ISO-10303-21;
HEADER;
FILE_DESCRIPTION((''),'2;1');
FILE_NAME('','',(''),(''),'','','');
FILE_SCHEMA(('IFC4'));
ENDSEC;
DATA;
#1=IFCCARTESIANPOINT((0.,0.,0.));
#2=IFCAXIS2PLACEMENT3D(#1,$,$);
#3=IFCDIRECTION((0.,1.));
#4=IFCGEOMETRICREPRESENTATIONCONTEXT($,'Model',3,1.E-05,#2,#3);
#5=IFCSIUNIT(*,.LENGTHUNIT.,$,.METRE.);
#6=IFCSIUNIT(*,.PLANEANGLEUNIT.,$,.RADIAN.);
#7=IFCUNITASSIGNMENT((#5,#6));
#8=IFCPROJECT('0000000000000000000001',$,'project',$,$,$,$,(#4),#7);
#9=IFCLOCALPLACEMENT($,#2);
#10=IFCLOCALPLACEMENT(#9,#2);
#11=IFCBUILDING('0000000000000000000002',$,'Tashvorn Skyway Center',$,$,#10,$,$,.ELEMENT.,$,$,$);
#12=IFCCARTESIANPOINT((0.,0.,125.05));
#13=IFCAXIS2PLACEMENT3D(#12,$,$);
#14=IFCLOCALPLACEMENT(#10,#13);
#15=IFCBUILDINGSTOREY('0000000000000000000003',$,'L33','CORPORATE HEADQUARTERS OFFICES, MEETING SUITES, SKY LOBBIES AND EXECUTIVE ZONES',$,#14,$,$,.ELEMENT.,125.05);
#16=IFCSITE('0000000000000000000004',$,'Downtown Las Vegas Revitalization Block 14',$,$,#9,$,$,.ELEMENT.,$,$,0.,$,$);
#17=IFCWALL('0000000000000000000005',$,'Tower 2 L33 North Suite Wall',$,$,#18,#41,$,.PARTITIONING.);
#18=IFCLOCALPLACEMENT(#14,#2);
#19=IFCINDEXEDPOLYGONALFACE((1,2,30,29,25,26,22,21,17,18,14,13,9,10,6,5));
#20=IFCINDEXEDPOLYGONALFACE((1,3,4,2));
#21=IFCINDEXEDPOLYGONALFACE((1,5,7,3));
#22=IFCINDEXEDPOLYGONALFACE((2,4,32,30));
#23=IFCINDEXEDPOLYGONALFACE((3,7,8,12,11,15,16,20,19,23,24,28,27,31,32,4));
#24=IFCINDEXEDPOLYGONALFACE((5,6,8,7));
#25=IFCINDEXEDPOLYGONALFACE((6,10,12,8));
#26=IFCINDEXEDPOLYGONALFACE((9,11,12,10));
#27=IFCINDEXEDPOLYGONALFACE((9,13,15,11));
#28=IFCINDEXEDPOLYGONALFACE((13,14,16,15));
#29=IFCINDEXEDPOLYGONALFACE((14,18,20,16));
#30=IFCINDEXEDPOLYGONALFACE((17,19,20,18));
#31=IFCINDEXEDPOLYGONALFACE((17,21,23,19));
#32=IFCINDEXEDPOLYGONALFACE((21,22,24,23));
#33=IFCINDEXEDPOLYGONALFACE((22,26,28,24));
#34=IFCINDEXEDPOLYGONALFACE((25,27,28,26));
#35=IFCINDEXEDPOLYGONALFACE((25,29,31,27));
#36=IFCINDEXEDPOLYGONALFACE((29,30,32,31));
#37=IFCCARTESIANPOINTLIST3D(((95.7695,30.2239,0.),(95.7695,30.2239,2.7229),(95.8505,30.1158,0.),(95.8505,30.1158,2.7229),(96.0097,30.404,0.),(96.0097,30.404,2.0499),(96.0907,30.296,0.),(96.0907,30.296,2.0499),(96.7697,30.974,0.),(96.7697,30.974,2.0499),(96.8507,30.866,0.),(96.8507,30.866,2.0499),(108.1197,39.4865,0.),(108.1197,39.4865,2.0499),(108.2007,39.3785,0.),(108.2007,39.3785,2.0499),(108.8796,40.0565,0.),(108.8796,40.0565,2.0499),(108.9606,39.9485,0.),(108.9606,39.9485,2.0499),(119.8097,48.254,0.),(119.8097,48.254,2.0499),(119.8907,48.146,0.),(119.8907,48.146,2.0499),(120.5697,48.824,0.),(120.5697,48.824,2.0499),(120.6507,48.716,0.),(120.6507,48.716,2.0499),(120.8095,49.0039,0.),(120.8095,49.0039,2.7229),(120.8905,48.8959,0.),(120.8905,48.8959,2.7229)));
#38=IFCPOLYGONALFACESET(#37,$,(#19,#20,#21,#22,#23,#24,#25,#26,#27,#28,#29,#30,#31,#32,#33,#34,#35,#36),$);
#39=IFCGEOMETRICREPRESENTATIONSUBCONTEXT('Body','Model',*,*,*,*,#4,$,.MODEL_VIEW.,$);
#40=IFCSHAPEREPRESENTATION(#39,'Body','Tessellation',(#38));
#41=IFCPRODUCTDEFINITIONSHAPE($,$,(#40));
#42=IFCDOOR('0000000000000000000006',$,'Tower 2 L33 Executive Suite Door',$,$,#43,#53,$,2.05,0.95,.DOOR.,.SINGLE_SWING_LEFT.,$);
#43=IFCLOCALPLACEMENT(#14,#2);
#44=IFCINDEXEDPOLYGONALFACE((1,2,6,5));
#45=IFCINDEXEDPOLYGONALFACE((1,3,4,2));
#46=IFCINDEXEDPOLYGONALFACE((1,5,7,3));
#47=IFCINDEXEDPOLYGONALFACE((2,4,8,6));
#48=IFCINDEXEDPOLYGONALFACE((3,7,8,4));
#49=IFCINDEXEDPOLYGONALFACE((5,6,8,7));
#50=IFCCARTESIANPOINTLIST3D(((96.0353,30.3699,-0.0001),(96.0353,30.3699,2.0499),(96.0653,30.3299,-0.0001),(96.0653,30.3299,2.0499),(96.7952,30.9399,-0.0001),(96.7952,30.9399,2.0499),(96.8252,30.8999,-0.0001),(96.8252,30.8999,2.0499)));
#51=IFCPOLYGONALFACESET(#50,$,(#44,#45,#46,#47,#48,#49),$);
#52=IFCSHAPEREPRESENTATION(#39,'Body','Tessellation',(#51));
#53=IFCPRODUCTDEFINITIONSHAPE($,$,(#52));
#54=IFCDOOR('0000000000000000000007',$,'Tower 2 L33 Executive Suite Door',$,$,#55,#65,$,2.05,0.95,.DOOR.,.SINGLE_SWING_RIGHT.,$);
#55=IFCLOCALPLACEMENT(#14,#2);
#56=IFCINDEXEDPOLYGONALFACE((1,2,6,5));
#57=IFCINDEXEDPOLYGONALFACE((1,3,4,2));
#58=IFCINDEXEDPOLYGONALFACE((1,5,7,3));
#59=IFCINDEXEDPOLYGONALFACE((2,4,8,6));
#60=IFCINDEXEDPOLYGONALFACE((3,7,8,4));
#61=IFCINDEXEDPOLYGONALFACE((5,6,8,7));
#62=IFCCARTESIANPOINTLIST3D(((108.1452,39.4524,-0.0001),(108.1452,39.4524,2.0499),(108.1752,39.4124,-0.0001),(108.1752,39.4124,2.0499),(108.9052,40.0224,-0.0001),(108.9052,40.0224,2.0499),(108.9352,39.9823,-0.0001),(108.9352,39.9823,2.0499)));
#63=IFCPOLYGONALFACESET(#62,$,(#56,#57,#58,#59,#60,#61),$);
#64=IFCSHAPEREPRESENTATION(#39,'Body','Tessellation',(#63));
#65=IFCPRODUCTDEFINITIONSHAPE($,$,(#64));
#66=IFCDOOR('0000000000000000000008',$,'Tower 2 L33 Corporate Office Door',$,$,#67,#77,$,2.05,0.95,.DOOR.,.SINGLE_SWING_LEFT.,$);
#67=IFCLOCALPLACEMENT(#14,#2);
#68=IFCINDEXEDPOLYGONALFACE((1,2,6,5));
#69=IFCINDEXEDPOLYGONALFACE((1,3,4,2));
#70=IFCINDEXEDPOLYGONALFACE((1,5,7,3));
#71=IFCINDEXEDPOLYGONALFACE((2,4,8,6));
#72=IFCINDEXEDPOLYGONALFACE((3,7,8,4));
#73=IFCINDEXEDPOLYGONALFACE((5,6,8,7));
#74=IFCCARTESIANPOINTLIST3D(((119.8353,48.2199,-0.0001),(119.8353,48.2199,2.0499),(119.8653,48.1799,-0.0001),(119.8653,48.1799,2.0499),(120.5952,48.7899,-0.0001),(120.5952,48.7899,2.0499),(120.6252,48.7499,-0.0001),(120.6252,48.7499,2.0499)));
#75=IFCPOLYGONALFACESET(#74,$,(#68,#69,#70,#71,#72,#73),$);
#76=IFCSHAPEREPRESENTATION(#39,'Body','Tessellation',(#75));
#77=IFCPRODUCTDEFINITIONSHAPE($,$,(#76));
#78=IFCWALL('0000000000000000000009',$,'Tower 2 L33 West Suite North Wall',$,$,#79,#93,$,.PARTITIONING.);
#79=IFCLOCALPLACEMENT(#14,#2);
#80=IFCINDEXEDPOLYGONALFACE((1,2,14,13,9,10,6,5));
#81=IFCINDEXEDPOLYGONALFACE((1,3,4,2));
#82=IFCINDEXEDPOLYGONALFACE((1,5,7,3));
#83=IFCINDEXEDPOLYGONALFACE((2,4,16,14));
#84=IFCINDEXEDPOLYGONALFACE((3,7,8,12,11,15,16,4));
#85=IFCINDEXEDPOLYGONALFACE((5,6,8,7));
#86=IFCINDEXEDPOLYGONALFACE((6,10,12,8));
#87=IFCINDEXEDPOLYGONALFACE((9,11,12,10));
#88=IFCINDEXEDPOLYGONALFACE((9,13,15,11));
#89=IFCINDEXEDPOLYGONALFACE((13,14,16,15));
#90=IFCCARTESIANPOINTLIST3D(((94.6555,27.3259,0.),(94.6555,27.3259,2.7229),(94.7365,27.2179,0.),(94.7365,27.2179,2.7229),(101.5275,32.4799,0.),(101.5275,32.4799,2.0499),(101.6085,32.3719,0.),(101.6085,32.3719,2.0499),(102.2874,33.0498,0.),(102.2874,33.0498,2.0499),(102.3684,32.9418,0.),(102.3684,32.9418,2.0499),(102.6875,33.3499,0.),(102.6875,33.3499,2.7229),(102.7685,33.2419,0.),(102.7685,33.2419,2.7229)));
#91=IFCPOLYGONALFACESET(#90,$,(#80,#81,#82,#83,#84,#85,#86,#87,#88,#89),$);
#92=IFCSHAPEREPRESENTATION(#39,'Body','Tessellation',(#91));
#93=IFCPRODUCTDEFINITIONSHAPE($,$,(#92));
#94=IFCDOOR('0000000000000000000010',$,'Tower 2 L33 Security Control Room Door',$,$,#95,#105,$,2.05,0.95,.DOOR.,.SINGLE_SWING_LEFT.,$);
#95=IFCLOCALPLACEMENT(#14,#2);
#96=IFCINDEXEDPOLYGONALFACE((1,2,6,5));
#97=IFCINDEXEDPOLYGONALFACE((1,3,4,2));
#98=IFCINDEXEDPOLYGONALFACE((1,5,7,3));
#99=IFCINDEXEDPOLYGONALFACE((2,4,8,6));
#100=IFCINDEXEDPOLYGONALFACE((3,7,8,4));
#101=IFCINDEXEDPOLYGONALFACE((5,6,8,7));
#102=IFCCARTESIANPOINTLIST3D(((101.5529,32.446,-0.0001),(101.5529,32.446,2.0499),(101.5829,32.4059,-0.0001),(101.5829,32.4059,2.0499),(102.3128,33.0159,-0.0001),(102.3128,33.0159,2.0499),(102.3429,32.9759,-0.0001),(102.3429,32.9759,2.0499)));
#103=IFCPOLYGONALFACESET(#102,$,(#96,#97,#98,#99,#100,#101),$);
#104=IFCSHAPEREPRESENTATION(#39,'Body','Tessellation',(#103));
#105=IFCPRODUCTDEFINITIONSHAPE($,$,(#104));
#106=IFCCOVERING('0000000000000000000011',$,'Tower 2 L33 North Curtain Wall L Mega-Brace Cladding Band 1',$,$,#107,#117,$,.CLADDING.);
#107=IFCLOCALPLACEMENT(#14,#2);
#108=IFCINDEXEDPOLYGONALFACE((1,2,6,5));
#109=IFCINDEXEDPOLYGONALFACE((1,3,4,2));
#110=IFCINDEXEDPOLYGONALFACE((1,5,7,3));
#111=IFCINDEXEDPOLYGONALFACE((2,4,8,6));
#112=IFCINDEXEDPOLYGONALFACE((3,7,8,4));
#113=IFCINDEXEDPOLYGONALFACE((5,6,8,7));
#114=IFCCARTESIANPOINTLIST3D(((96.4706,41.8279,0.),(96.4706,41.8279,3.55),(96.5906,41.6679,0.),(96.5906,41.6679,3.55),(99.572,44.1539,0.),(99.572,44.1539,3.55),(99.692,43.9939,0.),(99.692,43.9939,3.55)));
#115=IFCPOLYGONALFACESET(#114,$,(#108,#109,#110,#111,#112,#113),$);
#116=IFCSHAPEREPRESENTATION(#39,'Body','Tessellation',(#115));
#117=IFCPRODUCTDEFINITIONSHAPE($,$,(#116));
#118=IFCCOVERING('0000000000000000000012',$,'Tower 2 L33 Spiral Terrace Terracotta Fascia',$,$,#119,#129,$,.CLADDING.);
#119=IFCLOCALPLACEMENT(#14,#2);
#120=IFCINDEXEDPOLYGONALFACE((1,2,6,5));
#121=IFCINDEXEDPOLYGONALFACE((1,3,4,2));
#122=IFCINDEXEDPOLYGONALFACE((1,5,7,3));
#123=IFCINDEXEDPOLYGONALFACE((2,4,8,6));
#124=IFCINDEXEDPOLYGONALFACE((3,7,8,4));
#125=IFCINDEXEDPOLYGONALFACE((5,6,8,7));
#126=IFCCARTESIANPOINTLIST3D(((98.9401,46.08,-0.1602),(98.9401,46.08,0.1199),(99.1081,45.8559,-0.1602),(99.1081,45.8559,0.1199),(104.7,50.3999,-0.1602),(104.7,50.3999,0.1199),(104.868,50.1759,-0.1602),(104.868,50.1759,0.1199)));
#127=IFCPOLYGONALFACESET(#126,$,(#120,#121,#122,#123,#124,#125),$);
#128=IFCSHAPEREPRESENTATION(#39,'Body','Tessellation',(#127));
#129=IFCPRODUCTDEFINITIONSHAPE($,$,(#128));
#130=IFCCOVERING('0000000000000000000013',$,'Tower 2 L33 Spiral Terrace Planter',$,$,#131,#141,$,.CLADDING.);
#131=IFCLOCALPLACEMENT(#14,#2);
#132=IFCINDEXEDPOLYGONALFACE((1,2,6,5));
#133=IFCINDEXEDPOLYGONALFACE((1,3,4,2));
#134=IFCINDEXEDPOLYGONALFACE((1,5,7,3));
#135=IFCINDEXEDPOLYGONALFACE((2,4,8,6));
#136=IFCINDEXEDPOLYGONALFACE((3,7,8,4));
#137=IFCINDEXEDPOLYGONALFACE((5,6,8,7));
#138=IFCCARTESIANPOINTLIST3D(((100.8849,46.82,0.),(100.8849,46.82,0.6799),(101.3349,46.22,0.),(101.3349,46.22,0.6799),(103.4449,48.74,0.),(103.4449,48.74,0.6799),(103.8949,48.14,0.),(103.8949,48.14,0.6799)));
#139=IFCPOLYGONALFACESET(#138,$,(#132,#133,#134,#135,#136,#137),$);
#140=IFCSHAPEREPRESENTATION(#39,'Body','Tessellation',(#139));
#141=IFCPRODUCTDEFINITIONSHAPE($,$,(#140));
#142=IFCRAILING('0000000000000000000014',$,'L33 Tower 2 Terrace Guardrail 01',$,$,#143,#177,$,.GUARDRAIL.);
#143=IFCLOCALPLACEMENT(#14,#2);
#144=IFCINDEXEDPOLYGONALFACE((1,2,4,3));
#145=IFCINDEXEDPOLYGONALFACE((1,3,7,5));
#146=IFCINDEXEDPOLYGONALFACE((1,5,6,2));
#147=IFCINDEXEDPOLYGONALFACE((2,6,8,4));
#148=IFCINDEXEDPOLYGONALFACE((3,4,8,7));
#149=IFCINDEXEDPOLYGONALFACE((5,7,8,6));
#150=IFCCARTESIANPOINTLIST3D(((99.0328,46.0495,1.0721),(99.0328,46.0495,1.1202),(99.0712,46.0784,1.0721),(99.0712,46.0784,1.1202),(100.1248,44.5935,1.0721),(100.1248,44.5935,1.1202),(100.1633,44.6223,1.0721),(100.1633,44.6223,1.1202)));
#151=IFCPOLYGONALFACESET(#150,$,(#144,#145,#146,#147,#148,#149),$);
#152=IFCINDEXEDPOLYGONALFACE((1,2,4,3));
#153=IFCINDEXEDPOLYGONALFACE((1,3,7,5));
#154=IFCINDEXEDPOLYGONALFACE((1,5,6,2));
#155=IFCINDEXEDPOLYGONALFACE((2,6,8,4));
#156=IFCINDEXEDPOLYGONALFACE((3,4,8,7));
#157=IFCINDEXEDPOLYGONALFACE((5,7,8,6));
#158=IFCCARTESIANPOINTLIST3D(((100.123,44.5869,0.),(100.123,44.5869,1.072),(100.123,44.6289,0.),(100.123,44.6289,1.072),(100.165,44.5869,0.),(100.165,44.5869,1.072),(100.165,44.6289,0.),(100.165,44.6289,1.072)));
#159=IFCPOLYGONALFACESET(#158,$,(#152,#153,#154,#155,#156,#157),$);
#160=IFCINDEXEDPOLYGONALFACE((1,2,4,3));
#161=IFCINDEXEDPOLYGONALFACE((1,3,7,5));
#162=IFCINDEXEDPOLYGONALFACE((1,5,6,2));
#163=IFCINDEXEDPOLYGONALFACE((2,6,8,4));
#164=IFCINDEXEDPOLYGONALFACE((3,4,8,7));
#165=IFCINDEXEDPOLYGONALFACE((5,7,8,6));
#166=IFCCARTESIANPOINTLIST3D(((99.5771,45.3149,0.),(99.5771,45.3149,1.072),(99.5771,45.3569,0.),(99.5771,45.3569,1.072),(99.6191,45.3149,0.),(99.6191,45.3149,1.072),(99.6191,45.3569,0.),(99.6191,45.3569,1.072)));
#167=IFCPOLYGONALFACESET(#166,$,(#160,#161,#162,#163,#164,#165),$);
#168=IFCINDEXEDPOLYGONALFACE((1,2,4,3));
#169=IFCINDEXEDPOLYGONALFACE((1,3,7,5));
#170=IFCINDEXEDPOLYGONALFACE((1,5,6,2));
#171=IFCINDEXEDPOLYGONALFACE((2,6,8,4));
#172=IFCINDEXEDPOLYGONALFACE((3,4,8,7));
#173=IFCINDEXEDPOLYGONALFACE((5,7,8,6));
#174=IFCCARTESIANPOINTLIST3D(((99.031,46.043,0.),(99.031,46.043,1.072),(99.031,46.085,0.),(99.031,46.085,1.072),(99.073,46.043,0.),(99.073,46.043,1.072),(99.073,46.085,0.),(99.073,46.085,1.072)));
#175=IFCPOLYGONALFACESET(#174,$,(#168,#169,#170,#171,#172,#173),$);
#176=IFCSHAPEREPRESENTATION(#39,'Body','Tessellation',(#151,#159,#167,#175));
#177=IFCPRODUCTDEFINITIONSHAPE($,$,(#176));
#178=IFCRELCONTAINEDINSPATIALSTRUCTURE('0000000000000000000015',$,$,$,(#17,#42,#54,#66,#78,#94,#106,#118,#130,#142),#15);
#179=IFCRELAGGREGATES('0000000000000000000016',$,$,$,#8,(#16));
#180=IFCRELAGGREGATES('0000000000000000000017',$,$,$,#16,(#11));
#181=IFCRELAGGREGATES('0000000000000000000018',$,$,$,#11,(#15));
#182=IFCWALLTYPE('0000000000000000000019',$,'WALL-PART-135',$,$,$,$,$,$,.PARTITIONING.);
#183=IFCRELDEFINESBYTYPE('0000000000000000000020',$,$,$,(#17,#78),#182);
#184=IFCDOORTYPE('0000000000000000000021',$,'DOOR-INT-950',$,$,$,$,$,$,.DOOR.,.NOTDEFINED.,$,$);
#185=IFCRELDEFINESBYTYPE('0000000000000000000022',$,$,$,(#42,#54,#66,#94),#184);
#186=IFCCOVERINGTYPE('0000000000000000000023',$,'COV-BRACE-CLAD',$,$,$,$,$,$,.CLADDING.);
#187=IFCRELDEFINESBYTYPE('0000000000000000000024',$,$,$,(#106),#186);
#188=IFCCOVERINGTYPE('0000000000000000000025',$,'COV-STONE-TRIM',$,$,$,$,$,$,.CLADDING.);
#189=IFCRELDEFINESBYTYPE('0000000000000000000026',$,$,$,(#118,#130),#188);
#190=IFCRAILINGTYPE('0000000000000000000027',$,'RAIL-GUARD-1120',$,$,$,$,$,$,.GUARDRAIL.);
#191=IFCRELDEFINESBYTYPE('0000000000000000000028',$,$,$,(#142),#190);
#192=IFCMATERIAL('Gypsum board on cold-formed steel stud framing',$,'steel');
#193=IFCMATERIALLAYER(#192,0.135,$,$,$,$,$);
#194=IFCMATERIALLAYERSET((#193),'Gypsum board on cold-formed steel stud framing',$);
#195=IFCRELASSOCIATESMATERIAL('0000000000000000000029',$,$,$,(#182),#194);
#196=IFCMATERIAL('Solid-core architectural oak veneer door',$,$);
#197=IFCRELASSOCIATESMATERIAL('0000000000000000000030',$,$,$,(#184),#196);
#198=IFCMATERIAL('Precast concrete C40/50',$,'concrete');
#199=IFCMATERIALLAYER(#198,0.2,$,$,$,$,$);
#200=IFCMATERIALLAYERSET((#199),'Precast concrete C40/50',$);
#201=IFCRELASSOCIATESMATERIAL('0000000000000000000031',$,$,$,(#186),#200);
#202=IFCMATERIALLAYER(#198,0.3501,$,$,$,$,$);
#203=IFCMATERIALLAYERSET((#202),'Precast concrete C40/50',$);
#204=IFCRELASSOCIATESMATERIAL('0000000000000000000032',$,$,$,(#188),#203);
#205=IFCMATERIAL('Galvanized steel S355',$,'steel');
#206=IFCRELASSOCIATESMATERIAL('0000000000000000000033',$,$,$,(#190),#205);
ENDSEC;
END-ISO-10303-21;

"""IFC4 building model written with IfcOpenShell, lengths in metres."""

from ifc_helpers import new_model, si_unit, direction, frame, frame_2d, origin, origin_2d, place, context, subcontext, project, spatial, rectangle, extrude, material, layer, layer_set, type_object, element, fill, save


model = new_model("IFC4")

# Units and contexts
model_context = context("Model", 3, precision=1e-05, world=origin(), true_north=direction((0.0, 1.0)))
body_context = subcontext(model_context, "Body", "Model", "MODEL_VIEW")
ifc_project = project(units=[si_unit("LENGTHUNIT", "METRE"), si_unit("PLANEANGLEUNIT", "RADIAN")], contexts=[model_context])

# Site, building, storey
site_placement = place(None, origin())
site = spatial("IfcSite", under=ifc_project, at=site_placement, Name="Downtown Las Vegas Revitalization Block 14", CompositionType="ELEMENT", RefElevation=0.0)
building_placement = place(site_placement, origin())
building = spatial("IfcBuilding", under=site, at=building_placement, Name="Tashvorn Skyway Center", CompositionType="ELEMENT")
storey_placement = place(building_placement, frame((0.0, 0.0, 125.05)))
storey = spatial("IfcBuildingStorey", under=building, at=storey_placement, Name="L33", Description="CORPORATE HEADQUARTERS OFFICES, MEETING SUITES, SKY LOBBIES AND EXECUTIVE ZONES", CompositionType="ELEMENT", Elevation=125.05)

# Shared definitions
ifc_material_1 = material(Name="Precast concrete C40/50", Category="concrete")

# Shared definitions
ifc_material_2 = material(Name="Gypsum board on cold-formed steel stud framing", Category="steel")

# Wall, openings, doors
ifc_layer_1 = layer(ifc_material_2, 0.135)
ifc_layer_set_1 = layer_set([ifc_layer_1], Name="Gypsum board on cold-formed steel stud framing")
wall_type_1 = type_object("IfcWallType", Name="WALL-PART-135", PredefinedType="PARTITIONING", material=ifc_layer_set_1)
wall_1_placement = place(storey_placement, frame((95.8101, 30.1699, 0.0), z_axis=(0.0, 0.0, 1.0), x_axis=(0.8, 0.6, 0.0)))
wall_1 = element("IfcWall", 1, at=wall_1_placement, inside=storey, type_object=wall_type_1, Name="Tower 2 L33 North Suite Wall", PredefinedType="PARTITIONING", context=body_context, shape_type="SweptSolid", body=[
    extrude(rectangle(XDim=31.3, YDim=0.135, at=frame_2d((15.6499, 0.0))), origin(), (0.0, 0.0, 1.0), 2.7229),
])
opening_1_placement = place(wall_1_placement, frame((0.3, 0.0, 0.0)))
opening_1 = element("IfcOpeningElement", 2, at=opening_1_placement, cuts=wall_1, PredefinedType="OPENING", context=body_context, shape_type="SweptSolid", body=[
    extrude(rectangle(XDim=0.95, YDim=2.05, at=frame_2d((0.4751, 1.0249))), frame((0.0, 0.0774, 0.0), z_axis=(0.0, -1.0, 0.0), x_axis=(1.0, 0.0, 0.0)), (0.0, 0.0, 1.0), 0.155),
])
opening_2_placement = place(wall_1_placement, frame((15.4375, 0.0, 0.0)))
opening_2 = element("IfcOpeningElement", 3, at=opening_2_placement, cuts=wall_1, PredefinedType="OPENING", context=body_context, shape_type="SweptSolid", body=[
    extrude(rectangle(XDim=0.95, YDim=2.05, at=frame_2d((0.4751, 1.0249))), frame((0.0, 0.0774, 0.0), z_axis=(0.0, -1.0, 0.0), x_axis=(1.0, 0.0, 0.0)), (0.0, 0.0, 1.0), 0.155),
])
opening_3_placement = place(wall_1_placement, frame((30.05, 0.0, 0.0)))
opening_3 = element("IfcOpeningElement", 4, at=opening_3_placement, cuts=wall_1, PredefinedType="OPENING", context=body_context, shape_type="SweptSolid", body=[
    extrude(rectangle(XDim=0.95, YDim=2.05, at=frame_2d((0.4751, 1.0249))), frame((0.0, 0.0774, 0.0), z_axis=(0.0, -1.0, 0.0), x_axis=(1.0, 0.0, 0.0)), (0.0, 0.0, 1.0), 0.155),
])
ifc_material_3 = material(Name="Solid-core architectural oak veneer door")
door_type_1 = type_object("IfcDoorType", Name="DOOR-INT-950", OperationType="NOTDEFINED", PredefinedType="DOOR", material=ifc_material_3)
door_1_placement = place(opening_1_placement, origin())
door_1 = element("IfcDoor", 5, at=door_1_placement, inside=storey, type_object=door_type_1, Name="Tower 2 L33 Executive Suite Door", OperationType="SINGLE_SWING_LEFT", OverallHeight=2.05, OverallWidth=0.95, PredefinedType="DOOR", context=body_context, shape_type="SweptSolid", body=[
    extrude(rectangle(XDim=0.95, YDim=2.05, at=frame_2d((0.4751, 1.0249))), frame((0.0, 0.0249, 0.0), z_axis=(0.0, -1.0, 0.0), x_axis=(1.0, 0.0, 0.0)), (0.0, 0.0, 1.0), 0.05),
])
fill(opening_1, door_1)
door_2_placement = place(opening_2_placement, origin())
door_2 = element("IfcDoor", 6, at=door_2_placement, inside=storey, type_object=door_type_1, Name="Tower 2 L33 Executive Suite Door", OperationType="SINGLE_SWING_RIGHT", OverallHeight=2.05, OverallWidth=0.95, PredefinedType="DOOR", context=body_context, shape_type="SweptSolid", body=[
    extrude(rectangle(XDim=0.95, YDim=2.05, at=frame_2d((0.4751, 1.0249))), frame((0.0, 0.0249, 0.0), z_axis=(0.0, -1.0, 0.0), x_axis=(1.0, 0.0, 0.0)), (0.0, 0.0, 1.0), 0.05),
])
fill(opening_2, door_2)
door_3_placement = place(opening_3_placement, origin())
door_3 = element("IfcDoor", 7, at=door_3_placement, inside=storey, type_object=door_type_1, Name="Tower 2 L33 Corporate Office Door", OperationType="SINGLE_SWING_LEFT", OverallHeight=2.05, OverallWidth=0.95, PredefinedType="DOOR", context=body_context, shape_type="SweptSolid", body=[
    extrude(rectangle(XDim=0.95, YDim=2.05, at=frame_2d((0.4751, 1.0249))), frame((0.0, 0.0249, 0.0), z_axis=(0.0, -1.0, 0.0), x_axis=(1.0, 0.0, 0.0)), (0.0, 0.0, 1.0), 0.05),
])
fill(opening_3, door_3)

# Wall, opening, door
wall_2_placement = place(storey_placement, frame((102.728, 33.2959, 0.0), z_axis=(0.0, 0.0, 1.0), x_axis=(-0.800003, -0.599996, 0.0)))
wall_2 = element("IfcWall", 8, at=wall_2_placement, inside=storey, type_object=wall_type_1, Name="Tower 2 L33 West Suite North Wall", PredefinedType="PARTITIONING", context=body_context, shape_type="SweptSolid", body=[
    extrude(rectangle(XDim=10.04, YDim=0.135, at=frame_2d((5.02, 0.0))), origin(), (0.0, 0.0, 1.0), 2.7229),
])
opening_4_placement = place(wall_2_placement, frame((0.5, 0.0, 0.0)))
opening_4 = element("IfcOpeningElement", 9, at=opening_4_placement, cuts=wall_2, PredefinedType="OPENING", context=body_context, shape_type="SweptSolid", body=[
    extrude(rectangle(XDim=0.95, YDim=2.05, at=frame_2d((0.4751, 1.0249))), frame((0.0, 0.0774, 0.0), z_axis=(0.0, -1.0, 0.0), x_axis=(1.0, 0.0, 0.0)), (0.0, 0.0, 1.0), 0.155),
])
door_4_placement = place(opening_4_placement, origin())
door_4 = element("IfcDoor", 10, at=door_4_placement, inside=storey, type_object=door_type_1, Name="Tower 2 L33 Security Control Room Door", OperationType="SINGLE_SWING_LEFT", OverallHeight=2.05, OverallWidth=0.95, PredefinedType="DOOR", context=body_context, shape_type="SweptSolid", body=[
    extrude(rectangle(XDim=0.95, YDim=2.05, at=frame_2d((0.4751, 1.0249))), frame((0.0, 0.0249, 0.0), z_axis=(0.0, -1.0, 0.0), x_axis=(1.0, 0.0, 0.0)), (0.0, 0.0, 1.0), 0.05),
])
fill(opening_4, door_4)

# Coverings
ifc_layer_2 = layer(ifc_material_1, 0.2)
ifc_layer_set_2 = layer_set([ifc_layer_2], Name="Precast concrete C40/50")
covering_type_1 = type_object("IfcCoveringType", Name="COV-BRACE-CLAD", PredefinedType="CLADDING", material=ifc_layer_set_2)
covering_1_placement = place(storey_placement, frame((98.0813, 42.9109, 0.0), z_axis=(0.0, 0.0, 1.0), x_axis=(0.8, 0.6, 0.0)))
element("IfcCovering", 11, at=covering_1_placement, inside=storey, type_object=covering_type_1, Name="Tower 2 L33 North Curtain Wall L Mega-Brace Cladding Band 1", PredefinedType="CLADDING", context=body_context, shape_type="SweptSolid", body=[
    extrude(rectangle(XDim=3.8767, YDim=0.2, at=origin_2d()), origin(), (0.0, 0.0, 1.0), 3.55),
])
ifc_layer_3 = layer(ifc_material_1, 0.3501)
ifc_layer_set_3 = layer_set([ifc_layer_3], Name="Precast concrete C40/50")
covering_type_2 = type_object("IfcCoveringType", Name="COV-STONE-TRIM", PredefinedType="CLADDING", material=ifc_layer_set_3)
covering_2_placement = place(storey_placement, frame((101.9041, 48.1279, -0.1602), z_axis=(0.0, 0.0, 1.0), x_axis=(0.8, 0.6, 0.0)))
element("IfcCovering", 12, at=covering_2_placement, inside=storey, type_object=covering_type_2, Name="Tower 2 L33 Spiral Terrace Terracotta Fascia", PredefinedType="CLADDING", context=body_context, shape_type="SweptSolid", body=[
    extrude(rectangle(XDim=7.2, YDim=0.28, at=origin_2d()), origin(), (0.0, 0.0, 1.0), 0.28),
])
covering_3_placement = place(storey_placement, frame((102.3899, 47.48, 0.0), z_axis=(0.0, 0.0, 1.0), x_axis=(0.8, 0.6, 0.0)))
element("IfcCovering", 13, at=covering_3_placement, inside=storey, type_object=covering_type_2, Name="Tower 2 L33 Spiral Terrace Planter", PredefinedType="CLADDING", context=body_context, shape_type="SweptSolid", body=[
    extrude(rectangle(XDim=3.2, YDim=0.75, at=origin_2d()), origin(), (0.0, 0.0, 1.0), 0.6799),
])

# Railing
ifc_material_4 = material(Name="Galvanized steel S355", Category="steel")
railing_type = type_object("IfcRailingType", Name="RAIL-GUARD-1120", PredefinedType="GUARDRAIL", material=ifc_material_4)
railing_1_placement = place(storey_placement, frame((100.144, 44.6079, 0.0)))
element("IfcRailing", 14, at=railing_1_placement, inside=storey, type_object=railing_type, Name="L33 Tower 2 Terrace Guardrail 01", PredefinedType="GUARDRAIL", context=body_context, shape_type="SweptSolid", body=[
    extrude(rectangle(XDim=0.0481, YDim=0.0481, at=origin_2d()), frame((0.0, 0.0, 1.0962), z_axis=(-0.6, 0.8, 0.0), x_axis=(-0.8, -0.6, 0.0)), (0.0, 0.0, 1.0), 1.8201),
    extrude(rectangle(XDim=0.042, YDim=0.042, at=origin_2d()), origin(), (0.0, 0.0, 1.0), 1.072),
    extrude(rectangle(XDim=0.042, YDim=0.042, at=origin_2d()), frame((-0.5459, 0.728, 0.0)), (0.0, 0.0, 1.0), 1.072),
    extrude(rectangle(XDim=0.042, YDim=0.042, at=origin_2d()), frame((-1.092, 1.4561, 0.0)), (0.0, 0.0, 1.0), 1.072),
])

save(model, "model.ifc")
